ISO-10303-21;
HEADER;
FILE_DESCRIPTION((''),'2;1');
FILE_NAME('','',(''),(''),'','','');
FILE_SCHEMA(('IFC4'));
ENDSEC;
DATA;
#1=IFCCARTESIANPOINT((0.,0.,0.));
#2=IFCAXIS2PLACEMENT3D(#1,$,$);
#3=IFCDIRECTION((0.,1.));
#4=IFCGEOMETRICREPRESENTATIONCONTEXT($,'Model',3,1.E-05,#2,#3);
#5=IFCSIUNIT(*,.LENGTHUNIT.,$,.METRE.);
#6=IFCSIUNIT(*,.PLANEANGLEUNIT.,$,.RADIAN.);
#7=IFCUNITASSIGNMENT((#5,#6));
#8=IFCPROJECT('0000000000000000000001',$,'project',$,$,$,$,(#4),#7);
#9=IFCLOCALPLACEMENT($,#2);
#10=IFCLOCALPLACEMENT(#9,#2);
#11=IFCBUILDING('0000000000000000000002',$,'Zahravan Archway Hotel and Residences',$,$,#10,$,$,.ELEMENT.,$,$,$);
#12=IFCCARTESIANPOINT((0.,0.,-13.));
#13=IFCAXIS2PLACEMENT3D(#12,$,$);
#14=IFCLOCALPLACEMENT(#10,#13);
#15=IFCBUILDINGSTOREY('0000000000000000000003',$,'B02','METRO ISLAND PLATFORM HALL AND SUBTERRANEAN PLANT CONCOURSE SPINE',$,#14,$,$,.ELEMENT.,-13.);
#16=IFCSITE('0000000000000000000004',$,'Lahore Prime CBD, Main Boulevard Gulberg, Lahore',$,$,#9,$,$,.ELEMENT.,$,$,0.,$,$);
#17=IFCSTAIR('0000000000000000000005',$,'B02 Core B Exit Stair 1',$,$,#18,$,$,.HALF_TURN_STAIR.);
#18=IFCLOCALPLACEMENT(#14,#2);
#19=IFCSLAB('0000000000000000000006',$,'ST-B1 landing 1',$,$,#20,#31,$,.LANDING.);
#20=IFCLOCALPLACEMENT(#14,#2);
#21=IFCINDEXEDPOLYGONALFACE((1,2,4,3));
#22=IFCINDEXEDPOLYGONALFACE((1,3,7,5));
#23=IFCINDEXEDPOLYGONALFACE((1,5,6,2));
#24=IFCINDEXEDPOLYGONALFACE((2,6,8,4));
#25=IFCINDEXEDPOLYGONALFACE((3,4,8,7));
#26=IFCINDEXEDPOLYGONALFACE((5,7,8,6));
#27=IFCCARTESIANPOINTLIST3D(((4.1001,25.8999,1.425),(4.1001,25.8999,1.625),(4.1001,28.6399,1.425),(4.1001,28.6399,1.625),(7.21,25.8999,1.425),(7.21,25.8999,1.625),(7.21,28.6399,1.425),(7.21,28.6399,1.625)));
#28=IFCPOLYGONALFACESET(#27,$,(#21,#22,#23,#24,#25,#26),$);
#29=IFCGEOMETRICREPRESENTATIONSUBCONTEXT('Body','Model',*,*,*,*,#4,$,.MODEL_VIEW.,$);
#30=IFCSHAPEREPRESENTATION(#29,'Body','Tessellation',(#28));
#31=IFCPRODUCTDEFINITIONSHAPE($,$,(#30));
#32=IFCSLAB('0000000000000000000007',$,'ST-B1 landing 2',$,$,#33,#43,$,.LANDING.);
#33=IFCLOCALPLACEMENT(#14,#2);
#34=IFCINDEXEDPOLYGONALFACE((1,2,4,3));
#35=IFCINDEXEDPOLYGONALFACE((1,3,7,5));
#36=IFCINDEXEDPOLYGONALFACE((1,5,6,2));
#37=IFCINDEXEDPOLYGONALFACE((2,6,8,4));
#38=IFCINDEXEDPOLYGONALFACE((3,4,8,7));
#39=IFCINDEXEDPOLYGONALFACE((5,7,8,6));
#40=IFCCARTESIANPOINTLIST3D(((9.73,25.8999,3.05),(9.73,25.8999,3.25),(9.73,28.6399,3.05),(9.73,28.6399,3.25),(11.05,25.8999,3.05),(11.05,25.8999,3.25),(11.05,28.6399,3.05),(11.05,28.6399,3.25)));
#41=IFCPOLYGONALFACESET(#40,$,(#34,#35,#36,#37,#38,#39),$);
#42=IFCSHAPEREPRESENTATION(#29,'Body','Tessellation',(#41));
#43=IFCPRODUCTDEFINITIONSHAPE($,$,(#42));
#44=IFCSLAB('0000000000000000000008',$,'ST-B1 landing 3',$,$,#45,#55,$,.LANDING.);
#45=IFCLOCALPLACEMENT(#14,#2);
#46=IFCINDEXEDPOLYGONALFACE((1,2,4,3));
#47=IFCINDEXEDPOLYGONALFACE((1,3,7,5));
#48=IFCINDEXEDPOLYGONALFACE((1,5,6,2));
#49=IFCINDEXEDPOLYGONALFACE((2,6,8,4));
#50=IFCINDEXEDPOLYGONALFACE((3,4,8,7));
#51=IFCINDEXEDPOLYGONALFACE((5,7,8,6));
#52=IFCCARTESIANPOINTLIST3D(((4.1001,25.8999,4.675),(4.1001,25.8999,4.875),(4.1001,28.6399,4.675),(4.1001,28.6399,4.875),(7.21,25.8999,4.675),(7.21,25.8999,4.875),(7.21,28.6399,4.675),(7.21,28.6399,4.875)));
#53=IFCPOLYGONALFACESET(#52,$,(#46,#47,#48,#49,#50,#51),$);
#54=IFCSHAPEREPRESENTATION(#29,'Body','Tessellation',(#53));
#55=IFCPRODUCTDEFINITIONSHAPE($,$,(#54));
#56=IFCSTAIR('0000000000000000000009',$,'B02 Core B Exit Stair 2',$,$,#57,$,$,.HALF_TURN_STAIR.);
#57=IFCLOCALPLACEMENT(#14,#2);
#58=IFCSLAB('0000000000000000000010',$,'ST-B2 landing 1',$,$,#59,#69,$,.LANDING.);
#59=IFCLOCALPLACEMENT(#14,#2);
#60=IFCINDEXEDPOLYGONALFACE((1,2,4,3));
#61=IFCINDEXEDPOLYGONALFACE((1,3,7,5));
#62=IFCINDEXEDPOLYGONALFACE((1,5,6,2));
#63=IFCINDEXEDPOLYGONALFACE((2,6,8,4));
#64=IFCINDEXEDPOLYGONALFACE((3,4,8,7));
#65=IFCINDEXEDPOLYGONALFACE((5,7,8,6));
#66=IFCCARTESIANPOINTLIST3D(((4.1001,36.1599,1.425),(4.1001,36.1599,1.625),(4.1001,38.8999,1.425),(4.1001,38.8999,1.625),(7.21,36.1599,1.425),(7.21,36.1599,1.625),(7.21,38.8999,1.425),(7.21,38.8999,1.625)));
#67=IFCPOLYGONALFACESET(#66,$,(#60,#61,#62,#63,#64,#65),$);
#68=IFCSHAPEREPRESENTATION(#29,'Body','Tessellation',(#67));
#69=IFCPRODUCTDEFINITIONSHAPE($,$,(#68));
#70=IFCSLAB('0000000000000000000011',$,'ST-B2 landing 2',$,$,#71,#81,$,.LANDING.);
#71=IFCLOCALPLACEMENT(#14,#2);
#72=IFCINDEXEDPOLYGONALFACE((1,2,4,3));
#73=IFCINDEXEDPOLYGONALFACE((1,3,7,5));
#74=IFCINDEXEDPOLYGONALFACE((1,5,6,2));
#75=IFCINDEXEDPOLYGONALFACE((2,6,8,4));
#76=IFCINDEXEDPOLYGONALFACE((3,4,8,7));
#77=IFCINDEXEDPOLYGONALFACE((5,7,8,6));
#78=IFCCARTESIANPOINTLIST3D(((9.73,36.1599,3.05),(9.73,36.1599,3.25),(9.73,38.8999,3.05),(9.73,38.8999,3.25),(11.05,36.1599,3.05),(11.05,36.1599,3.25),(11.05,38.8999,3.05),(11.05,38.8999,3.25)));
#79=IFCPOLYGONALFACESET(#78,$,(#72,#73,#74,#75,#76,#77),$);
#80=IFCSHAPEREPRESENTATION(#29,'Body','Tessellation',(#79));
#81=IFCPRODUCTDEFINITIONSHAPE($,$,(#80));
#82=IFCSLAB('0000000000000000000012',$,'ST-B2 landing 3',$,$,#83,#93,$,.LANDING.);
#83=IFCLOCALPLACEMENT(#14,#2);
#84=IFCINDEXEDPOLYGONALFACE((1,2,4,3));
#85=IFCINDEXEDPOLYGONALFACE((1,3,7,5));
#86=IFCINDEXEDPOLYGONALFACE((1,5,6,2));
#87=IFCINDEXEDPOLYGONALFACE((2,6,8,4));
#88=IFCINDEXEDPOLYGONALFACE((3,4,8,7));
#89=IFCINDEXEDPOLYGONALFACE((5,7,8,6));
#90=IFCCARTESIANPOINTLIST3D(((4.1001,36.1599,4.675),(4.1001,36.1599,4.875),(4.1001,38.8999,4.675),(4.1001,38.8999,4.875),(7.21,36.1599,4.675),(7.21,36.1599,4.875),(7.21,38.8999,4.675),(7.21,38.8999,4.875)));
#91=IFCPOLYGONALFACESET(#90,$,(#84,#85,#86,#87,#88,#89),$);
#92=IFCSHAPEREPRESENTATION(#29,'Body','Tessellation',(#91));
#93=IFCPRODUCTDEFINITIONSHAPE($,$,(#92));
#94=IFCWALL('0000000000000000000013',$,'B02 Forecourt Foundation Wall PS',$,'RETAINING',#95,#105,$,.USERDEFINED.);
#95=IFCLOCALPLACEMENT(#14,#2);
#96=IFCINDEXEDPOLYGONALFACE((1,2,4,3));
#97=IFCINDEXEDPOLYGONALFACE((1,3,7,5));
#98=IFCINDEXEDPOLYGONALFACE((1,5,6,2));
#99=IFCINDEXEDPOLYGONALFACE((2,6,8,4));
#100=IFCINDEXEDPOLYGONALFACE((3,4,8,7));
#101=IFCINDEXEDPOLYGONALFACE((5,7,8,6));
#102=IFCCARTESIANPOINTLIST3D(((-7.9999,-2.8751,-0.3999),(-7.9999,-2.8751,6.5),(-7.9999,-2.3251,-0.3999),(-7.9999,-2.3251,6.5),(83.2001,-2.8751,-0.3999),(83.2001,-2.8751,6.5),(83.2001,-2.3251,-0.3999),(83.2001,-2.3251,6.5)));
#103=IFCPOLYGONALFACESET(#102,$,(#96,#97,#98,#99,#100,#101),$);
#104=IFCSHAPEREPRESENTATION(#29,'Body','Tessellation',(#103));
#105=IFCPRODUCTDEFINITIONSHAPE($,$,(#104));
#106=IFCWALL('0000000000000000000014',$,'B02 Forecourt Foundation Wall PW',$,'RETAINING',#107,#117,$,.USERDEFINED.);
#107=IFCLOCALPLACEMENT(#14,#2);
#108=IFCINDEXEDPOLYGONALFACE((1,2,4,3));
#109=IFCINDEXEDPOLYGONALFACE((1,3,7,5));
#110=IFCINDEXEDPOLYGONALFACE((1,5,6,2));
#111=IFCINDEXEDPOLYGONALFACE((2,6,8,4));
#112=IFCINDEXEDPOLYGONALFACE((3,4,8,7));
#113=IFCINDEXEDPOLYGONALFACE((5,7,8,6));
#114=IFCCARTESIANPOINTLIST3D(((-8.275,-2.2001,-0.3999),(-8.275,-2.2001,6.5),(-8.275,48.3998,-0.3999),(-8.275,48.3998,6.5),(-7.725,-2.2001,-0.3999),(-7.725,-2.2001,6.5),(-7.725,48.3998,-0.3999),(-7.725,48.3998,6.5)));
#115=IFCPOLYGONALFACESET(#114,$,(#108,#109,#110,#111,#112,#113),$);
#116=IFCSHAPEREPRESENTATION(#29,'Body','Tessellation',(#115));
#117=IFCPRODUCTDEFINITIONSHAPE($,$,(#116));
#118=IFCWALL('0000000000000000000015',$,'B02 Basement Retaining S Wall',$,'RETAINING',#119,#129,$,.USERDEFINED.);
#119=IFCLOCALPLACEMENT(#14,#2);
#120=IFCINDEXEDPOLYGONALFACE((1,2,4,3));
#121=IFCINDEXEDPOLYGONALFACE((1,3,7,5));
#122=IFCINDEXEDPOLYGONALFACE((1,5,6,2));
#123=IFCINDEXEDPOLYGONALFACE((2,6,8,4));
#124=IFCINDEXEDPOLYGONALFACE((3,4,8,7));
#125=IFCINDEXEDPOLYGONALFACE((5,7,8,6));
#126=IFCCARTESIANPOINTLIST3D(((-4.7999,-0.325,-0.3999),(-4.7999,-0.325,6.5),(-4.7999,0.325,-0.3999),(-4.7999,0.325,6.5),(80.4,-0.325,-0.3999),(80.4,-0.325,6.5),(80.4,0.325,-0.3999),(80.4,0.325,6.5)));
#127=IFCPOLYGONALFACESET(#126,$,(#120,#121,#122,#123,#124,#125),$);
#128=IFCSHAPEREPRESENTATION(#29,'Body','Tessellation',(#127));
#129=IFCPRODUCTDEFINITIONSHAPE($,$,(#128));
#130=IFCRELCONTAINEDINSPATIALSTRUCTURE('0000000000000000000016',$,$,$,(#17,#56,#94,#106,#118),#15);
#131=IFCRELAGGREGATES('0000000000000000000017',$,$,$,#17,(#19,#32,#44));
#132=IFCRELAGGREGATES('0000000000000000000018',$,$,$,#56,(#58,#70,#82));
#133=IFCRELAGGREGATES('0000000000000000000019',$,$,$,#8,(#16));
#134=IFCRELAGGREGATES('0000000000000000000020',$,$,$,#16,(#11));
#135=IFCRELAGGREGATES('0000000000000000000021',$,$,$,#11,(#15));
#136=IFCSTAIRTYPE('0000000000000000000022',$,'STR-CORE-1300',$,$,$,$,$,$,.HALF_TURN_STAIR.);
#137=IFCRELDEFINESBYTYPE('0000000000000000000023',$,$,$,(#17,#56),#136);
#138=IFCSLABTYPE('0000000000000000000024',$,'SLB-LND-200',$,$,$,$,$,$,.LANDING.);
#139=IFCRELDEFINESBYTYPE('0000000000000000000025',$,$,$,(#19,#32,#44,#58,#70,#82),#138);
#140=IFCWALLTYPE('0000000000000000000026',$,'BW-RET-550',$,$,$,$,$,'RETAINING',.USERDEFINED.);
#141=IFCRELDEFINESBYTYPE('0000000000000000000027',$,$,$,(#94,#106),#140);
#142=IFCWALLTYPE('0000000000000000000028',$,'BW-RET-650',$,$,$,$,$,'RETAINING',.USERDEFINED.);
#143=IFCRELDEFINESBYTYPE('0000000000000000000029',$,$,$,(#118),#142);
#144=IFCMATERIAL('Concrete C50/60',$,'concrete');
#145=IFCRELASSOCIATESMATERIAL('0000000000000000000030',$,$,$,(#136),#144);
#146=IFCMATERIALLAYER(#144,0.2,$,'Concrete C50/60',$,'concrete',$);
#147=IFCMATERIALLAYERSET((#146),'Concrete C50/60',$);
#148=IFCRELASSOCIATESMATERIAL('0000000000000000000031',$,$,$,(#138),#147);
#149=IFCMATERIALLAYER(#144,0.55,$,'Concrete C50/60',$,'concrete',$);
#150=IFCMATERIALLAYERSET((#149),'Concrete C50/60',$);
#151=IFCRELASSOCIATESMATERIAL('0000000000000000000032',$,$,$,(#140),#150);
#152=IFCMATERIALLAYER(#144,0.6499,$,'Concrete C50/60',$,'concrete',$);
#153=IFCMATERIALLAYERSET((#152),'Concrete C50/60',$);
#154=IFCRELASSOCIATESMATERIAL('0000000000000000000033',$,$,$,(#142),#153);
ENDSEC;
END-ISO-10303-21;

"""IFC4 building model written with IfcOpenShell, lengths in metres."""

from ifc_helpers import new_model, si_unit, direction, frame, frame_2d, origin, place, context, subcontext, project, spatial, polyline, rectangle, outline, extrude, material, layer, layer_set, type_object, element, aggregate, save


model = new_model("IFC4")

# Units and contexts
model_context = context("Model", 3, precision=1e-05, world=origin(), true_north=direction((0.0, 1.0)))
body_context = subcontext(model_context, "Body", "Model", "MODEL_VIEW")
ifc_project = project(units=[si_unit("LENGTHUNIT", "METRE"), si_unit("PLANEANGLEUNIT", "RADIAN")], contexts=[model_context])

# Site, building, storey
site_placement = place(None, origin())
site = spatial("IfcSite", under=ifc_project, at=site_placement, Name="Lahore Prime CBD, Main Boulevard Gulberg, Lahore", CompositionType="ELEMENT", RefElevation=0.0)
building_placement = place(site_placement, origin())
building = spatial("IfcBuilding", under=site, at=building_placement, Name="Zahravan Archway Hotel and Residences", CompositionType="ELEMENT")
storey_placement = place(building_placement, frame((0.0, 0.0, -13.0)))
storey = spatial("IfcBuildingStorey", under=building, at=storey_placement, Name="B02", Description="METRO ISLAND PLATFORM HALL AND SUBTERRANEAN PLANT CONCOURSE SPINE", CompositionType="ELEMENT", Elevation=-13.0)

# Shared definitions
ifc_material_1 = material(Name="Concrete C50/60", Category="concrete")

# Stairs, slabs
stair_type = type_object("IfcStairType", Name="STR-CORE-1300", PredefinedType="HALF_TURN_STAIR", material=ifc_material_1)
ifc_layer_1 = layer(ifc_material_1, 0.2, Name="Concrete C50/60", Category="concrete")
ifc_layer_set_1 = layer_set([ifc_layer_1], Name="Concrete C50/60")
slab_type_1 = type_object("IfcSlabType", Name="SLB-LND-200", PredefinedType="LANDING", material=ifc_layer_set_1)
stair_1_placement = place(storey_placement, origin())
stair_1 = element("IfcStair", 1, at=stair_1_placement, inside=storey, type_object=stair_type, Name="B02 Core B Exit Stair 1", PredefinedType="HALF_TURN_STAIR")
slab_1_placement = place(storey_placement, frame((0.0, 0.0, 1.425)))
slab_1 = element("IfcSlab", 2, at=slab_1_placement, type_object=slab_type_1, Name="ST-B1 landing 1", PredefinedType="LANDING", context=body_context, shape_type="SweptSolid", body=[
    extrude(outline(polyline([(7.21, 28.6399), (4.1001, 28.6399), (4.1001, 25.8999), (7.21, 25.8999), (7.21, 28.6399)])), origin(), (0.0, 0.0, 1.0), 0.2),
])
slab_2_placement = place(storey_placement, frame((0.0, 0.0, 3.05)))
slab_2 = element("IfcSlab", 3, at=slab_2_placement, type_object=slab_type_1, Name="ST-B1 landing 2", PredefinedType="LANDING", context=body_context, shape_type="SweptSolid", body=[
    extrude(outline(polyline([(11.05, 28.6399), (9.73, 28.6399), (9.73, 25.8999), (11.05, 25.8999), (11.05, 28.6399)])), origin(), (0.0, 0.0, 1.0), 0.2),
])
slab_3_placement = place(storey_placement, frame((0.0, 0.0, 4.675)))
slab_3 = element("IfcSlab", 4, at=slab_3_placement, type_object=slab_type_1, Name="ST-B1 landing 3", PredefinedType="LANDING", context=body_context, shape_type="SweptSolid", body=[
    extrude(outline(polyline([(7.21, 28.6399), (4.1001, 28.6399), (4.1001, 25.8999), (7.21, 25.8999), (7.21, 28.6399)])), origin(), (0.0, 0.0, 1.0), 0.2),
])
aggregate(stair_1, [slab_1, slab_2, slab_3])
stair_2_placement = place(storey_placement, origin())
stair_2 = element("IfcStair", 5, at=stair_2_placement, inside=storey, type_object=stair_type, Name="B02 Core B Exit Stair 2", PredefinedType="HALF_TURN_STAIR")
slab_4_placement = place(storey_placement, frame((0.0, 0.0, 1.425)))
slab_4 = element("IfcSlab", 6, at=slab_4_placement, type_object=slab_type_1, Name="ST-B2 landing 1", PredefinedType="LANDING", context=body_context, shape_type="SweptSolid", body=[
    extrude(outline(polyline([(7.21, 38.8999), (4.1001, 38.8999), (4.1001, 36.1599), (7.21, 36.1599), (7.21, 38.8999)])), origin(), (0.0, 0.0, 1.0), 0.2),
])
slab_5_placement = place(storey_placement, frame((0.0, 0.0, 3.05)))
slab_5 = element("IfcSlab", 7, at=slab_5_placement, type_object=slab_type_1, Name="ST-B2 landing 2", PredefinedType="LANDING", context=body_context, shape_type="SweptSolid", body=[
    extrude(outline(polyline([(11.05, 38.8999), (9.73, 38.8999), (9.73, 36.1599), (11.05, 36.1599), (11.05, 38.8999)])), origin(), (0.0, 0.0, 1.0), 0.2),
])
slab_6_placement = place(storey_placement, frame((0.0, 0.0, 4.675)))
slab_6 = element("IfcSlab", 8, at=slab_6_placement, type_object=slab_type_1, Name="ST-B2 landing 3", PredefinedType="LANDING", context=body_context, shape_type="SweptSolid", body=[
    extrude(outline(polyline([(7.21, 38.8999), (4.1001, 38.8999), (4.1001, 36.1599), (7.21, 36.1599), (7.21, 38.8999)])), origin(), (0.0, 0.0, 1.0), 0.2),
])
aggregate(stair_2, [slab_4, slab_5, slab_6])

# Walls
ifc_layer_2 = layer(ifc_material_1, 0.55, Name="Concrete C50/60", Category="concrete")
ifc_layer_set_2 = layer_set([ifc_layer_2], Name="Concrete C50/60")
wall_type_1 = type_object("IfcWallType", Name="BW-RET-550", ElementType="RETAINING", PredefinedType="USERDEFINED", material=ifc_layer_set_2)
wall_1_placement = place(storey_placement, frame((-8.0, -2.6001, -0.3999), z_axis=(0.0, 0.0, 1.0), x_axis=(1.0, 0.0, 0.0)))
element("IfcWall", 9, at=wall_1_placement, inside=storey, type_object=wall_type_1, Name="B02 Forecourt Foundation Wall PS", ObjectType="RETAINING", PredefinedType="USERDEFINED", context=body_context, shape_type="SweptSolid", body=[
    extrude(rectangle(XDim=91.2, YDim=0.55, at=frame_2d((45.6001, 0.0))), origin(), (0.0, 0.0, 1.0), 6.8999),
])
wall_2_placement = place(storey_placement, frame((-8.0, -2.2, -0.3999), z_axis=(0.0, 0.0, 1.0), x_axis=(0.0, 1.0, 0.0)))
element("IfcWall", 10, at=wall_2_placement, inside=storey, type_object=wall_type_1, Name="B02 Forecourt Foundation Wall PW", ObjectType="RETAINING", PredefinedType="USERDEFINED", context=body_context, shape_type="SweptSolid", body=[
    extrude(rectangle(XDim=50.5999, YDim=0.55, at=frame_2d((25.2998, 0.0))), origin(), (0.0, 0.0, 1.0), 6.8999),
])
ifc_layer_3 = layer(ifc_material_1, 0.6499, Name="Concrete C50/60", Category="concrete")
ifc_layer_set_3 = layer_set([ifc_layer_3], Name="Concrete C50/60")
wall_type_2 = type_object("IfcWallType", Name="BW-RET-650", ElementType="RETAINING", PredefinedType="USERDEFINED", material=ifc_layer_set_3)
wall_3_placement = place(storey_placement, frame((-4.8, 0.0, -0.3999), z_axis=(0.0, 0.0, 1.0), x_axis=(1.0, 0.0, 0.0)))
element("IfcWall", 11, at=wall_3_placement, inside=storey, type_object=wall_type_2, Name="B02 Basement Retaining S Wall", ObjectType="RETAINING", PredefinedType="USERDEFINED", context=body_context, shape_type="SweptSolid", body=[
    extrude(rectangle(XDim=85.2, YDim=0.6499, at=frame_2d((42.6001, 0.0))), origin(), (0.0, 0.0, 1.0), 6.8999),
])

save(model, "model.ifc")
